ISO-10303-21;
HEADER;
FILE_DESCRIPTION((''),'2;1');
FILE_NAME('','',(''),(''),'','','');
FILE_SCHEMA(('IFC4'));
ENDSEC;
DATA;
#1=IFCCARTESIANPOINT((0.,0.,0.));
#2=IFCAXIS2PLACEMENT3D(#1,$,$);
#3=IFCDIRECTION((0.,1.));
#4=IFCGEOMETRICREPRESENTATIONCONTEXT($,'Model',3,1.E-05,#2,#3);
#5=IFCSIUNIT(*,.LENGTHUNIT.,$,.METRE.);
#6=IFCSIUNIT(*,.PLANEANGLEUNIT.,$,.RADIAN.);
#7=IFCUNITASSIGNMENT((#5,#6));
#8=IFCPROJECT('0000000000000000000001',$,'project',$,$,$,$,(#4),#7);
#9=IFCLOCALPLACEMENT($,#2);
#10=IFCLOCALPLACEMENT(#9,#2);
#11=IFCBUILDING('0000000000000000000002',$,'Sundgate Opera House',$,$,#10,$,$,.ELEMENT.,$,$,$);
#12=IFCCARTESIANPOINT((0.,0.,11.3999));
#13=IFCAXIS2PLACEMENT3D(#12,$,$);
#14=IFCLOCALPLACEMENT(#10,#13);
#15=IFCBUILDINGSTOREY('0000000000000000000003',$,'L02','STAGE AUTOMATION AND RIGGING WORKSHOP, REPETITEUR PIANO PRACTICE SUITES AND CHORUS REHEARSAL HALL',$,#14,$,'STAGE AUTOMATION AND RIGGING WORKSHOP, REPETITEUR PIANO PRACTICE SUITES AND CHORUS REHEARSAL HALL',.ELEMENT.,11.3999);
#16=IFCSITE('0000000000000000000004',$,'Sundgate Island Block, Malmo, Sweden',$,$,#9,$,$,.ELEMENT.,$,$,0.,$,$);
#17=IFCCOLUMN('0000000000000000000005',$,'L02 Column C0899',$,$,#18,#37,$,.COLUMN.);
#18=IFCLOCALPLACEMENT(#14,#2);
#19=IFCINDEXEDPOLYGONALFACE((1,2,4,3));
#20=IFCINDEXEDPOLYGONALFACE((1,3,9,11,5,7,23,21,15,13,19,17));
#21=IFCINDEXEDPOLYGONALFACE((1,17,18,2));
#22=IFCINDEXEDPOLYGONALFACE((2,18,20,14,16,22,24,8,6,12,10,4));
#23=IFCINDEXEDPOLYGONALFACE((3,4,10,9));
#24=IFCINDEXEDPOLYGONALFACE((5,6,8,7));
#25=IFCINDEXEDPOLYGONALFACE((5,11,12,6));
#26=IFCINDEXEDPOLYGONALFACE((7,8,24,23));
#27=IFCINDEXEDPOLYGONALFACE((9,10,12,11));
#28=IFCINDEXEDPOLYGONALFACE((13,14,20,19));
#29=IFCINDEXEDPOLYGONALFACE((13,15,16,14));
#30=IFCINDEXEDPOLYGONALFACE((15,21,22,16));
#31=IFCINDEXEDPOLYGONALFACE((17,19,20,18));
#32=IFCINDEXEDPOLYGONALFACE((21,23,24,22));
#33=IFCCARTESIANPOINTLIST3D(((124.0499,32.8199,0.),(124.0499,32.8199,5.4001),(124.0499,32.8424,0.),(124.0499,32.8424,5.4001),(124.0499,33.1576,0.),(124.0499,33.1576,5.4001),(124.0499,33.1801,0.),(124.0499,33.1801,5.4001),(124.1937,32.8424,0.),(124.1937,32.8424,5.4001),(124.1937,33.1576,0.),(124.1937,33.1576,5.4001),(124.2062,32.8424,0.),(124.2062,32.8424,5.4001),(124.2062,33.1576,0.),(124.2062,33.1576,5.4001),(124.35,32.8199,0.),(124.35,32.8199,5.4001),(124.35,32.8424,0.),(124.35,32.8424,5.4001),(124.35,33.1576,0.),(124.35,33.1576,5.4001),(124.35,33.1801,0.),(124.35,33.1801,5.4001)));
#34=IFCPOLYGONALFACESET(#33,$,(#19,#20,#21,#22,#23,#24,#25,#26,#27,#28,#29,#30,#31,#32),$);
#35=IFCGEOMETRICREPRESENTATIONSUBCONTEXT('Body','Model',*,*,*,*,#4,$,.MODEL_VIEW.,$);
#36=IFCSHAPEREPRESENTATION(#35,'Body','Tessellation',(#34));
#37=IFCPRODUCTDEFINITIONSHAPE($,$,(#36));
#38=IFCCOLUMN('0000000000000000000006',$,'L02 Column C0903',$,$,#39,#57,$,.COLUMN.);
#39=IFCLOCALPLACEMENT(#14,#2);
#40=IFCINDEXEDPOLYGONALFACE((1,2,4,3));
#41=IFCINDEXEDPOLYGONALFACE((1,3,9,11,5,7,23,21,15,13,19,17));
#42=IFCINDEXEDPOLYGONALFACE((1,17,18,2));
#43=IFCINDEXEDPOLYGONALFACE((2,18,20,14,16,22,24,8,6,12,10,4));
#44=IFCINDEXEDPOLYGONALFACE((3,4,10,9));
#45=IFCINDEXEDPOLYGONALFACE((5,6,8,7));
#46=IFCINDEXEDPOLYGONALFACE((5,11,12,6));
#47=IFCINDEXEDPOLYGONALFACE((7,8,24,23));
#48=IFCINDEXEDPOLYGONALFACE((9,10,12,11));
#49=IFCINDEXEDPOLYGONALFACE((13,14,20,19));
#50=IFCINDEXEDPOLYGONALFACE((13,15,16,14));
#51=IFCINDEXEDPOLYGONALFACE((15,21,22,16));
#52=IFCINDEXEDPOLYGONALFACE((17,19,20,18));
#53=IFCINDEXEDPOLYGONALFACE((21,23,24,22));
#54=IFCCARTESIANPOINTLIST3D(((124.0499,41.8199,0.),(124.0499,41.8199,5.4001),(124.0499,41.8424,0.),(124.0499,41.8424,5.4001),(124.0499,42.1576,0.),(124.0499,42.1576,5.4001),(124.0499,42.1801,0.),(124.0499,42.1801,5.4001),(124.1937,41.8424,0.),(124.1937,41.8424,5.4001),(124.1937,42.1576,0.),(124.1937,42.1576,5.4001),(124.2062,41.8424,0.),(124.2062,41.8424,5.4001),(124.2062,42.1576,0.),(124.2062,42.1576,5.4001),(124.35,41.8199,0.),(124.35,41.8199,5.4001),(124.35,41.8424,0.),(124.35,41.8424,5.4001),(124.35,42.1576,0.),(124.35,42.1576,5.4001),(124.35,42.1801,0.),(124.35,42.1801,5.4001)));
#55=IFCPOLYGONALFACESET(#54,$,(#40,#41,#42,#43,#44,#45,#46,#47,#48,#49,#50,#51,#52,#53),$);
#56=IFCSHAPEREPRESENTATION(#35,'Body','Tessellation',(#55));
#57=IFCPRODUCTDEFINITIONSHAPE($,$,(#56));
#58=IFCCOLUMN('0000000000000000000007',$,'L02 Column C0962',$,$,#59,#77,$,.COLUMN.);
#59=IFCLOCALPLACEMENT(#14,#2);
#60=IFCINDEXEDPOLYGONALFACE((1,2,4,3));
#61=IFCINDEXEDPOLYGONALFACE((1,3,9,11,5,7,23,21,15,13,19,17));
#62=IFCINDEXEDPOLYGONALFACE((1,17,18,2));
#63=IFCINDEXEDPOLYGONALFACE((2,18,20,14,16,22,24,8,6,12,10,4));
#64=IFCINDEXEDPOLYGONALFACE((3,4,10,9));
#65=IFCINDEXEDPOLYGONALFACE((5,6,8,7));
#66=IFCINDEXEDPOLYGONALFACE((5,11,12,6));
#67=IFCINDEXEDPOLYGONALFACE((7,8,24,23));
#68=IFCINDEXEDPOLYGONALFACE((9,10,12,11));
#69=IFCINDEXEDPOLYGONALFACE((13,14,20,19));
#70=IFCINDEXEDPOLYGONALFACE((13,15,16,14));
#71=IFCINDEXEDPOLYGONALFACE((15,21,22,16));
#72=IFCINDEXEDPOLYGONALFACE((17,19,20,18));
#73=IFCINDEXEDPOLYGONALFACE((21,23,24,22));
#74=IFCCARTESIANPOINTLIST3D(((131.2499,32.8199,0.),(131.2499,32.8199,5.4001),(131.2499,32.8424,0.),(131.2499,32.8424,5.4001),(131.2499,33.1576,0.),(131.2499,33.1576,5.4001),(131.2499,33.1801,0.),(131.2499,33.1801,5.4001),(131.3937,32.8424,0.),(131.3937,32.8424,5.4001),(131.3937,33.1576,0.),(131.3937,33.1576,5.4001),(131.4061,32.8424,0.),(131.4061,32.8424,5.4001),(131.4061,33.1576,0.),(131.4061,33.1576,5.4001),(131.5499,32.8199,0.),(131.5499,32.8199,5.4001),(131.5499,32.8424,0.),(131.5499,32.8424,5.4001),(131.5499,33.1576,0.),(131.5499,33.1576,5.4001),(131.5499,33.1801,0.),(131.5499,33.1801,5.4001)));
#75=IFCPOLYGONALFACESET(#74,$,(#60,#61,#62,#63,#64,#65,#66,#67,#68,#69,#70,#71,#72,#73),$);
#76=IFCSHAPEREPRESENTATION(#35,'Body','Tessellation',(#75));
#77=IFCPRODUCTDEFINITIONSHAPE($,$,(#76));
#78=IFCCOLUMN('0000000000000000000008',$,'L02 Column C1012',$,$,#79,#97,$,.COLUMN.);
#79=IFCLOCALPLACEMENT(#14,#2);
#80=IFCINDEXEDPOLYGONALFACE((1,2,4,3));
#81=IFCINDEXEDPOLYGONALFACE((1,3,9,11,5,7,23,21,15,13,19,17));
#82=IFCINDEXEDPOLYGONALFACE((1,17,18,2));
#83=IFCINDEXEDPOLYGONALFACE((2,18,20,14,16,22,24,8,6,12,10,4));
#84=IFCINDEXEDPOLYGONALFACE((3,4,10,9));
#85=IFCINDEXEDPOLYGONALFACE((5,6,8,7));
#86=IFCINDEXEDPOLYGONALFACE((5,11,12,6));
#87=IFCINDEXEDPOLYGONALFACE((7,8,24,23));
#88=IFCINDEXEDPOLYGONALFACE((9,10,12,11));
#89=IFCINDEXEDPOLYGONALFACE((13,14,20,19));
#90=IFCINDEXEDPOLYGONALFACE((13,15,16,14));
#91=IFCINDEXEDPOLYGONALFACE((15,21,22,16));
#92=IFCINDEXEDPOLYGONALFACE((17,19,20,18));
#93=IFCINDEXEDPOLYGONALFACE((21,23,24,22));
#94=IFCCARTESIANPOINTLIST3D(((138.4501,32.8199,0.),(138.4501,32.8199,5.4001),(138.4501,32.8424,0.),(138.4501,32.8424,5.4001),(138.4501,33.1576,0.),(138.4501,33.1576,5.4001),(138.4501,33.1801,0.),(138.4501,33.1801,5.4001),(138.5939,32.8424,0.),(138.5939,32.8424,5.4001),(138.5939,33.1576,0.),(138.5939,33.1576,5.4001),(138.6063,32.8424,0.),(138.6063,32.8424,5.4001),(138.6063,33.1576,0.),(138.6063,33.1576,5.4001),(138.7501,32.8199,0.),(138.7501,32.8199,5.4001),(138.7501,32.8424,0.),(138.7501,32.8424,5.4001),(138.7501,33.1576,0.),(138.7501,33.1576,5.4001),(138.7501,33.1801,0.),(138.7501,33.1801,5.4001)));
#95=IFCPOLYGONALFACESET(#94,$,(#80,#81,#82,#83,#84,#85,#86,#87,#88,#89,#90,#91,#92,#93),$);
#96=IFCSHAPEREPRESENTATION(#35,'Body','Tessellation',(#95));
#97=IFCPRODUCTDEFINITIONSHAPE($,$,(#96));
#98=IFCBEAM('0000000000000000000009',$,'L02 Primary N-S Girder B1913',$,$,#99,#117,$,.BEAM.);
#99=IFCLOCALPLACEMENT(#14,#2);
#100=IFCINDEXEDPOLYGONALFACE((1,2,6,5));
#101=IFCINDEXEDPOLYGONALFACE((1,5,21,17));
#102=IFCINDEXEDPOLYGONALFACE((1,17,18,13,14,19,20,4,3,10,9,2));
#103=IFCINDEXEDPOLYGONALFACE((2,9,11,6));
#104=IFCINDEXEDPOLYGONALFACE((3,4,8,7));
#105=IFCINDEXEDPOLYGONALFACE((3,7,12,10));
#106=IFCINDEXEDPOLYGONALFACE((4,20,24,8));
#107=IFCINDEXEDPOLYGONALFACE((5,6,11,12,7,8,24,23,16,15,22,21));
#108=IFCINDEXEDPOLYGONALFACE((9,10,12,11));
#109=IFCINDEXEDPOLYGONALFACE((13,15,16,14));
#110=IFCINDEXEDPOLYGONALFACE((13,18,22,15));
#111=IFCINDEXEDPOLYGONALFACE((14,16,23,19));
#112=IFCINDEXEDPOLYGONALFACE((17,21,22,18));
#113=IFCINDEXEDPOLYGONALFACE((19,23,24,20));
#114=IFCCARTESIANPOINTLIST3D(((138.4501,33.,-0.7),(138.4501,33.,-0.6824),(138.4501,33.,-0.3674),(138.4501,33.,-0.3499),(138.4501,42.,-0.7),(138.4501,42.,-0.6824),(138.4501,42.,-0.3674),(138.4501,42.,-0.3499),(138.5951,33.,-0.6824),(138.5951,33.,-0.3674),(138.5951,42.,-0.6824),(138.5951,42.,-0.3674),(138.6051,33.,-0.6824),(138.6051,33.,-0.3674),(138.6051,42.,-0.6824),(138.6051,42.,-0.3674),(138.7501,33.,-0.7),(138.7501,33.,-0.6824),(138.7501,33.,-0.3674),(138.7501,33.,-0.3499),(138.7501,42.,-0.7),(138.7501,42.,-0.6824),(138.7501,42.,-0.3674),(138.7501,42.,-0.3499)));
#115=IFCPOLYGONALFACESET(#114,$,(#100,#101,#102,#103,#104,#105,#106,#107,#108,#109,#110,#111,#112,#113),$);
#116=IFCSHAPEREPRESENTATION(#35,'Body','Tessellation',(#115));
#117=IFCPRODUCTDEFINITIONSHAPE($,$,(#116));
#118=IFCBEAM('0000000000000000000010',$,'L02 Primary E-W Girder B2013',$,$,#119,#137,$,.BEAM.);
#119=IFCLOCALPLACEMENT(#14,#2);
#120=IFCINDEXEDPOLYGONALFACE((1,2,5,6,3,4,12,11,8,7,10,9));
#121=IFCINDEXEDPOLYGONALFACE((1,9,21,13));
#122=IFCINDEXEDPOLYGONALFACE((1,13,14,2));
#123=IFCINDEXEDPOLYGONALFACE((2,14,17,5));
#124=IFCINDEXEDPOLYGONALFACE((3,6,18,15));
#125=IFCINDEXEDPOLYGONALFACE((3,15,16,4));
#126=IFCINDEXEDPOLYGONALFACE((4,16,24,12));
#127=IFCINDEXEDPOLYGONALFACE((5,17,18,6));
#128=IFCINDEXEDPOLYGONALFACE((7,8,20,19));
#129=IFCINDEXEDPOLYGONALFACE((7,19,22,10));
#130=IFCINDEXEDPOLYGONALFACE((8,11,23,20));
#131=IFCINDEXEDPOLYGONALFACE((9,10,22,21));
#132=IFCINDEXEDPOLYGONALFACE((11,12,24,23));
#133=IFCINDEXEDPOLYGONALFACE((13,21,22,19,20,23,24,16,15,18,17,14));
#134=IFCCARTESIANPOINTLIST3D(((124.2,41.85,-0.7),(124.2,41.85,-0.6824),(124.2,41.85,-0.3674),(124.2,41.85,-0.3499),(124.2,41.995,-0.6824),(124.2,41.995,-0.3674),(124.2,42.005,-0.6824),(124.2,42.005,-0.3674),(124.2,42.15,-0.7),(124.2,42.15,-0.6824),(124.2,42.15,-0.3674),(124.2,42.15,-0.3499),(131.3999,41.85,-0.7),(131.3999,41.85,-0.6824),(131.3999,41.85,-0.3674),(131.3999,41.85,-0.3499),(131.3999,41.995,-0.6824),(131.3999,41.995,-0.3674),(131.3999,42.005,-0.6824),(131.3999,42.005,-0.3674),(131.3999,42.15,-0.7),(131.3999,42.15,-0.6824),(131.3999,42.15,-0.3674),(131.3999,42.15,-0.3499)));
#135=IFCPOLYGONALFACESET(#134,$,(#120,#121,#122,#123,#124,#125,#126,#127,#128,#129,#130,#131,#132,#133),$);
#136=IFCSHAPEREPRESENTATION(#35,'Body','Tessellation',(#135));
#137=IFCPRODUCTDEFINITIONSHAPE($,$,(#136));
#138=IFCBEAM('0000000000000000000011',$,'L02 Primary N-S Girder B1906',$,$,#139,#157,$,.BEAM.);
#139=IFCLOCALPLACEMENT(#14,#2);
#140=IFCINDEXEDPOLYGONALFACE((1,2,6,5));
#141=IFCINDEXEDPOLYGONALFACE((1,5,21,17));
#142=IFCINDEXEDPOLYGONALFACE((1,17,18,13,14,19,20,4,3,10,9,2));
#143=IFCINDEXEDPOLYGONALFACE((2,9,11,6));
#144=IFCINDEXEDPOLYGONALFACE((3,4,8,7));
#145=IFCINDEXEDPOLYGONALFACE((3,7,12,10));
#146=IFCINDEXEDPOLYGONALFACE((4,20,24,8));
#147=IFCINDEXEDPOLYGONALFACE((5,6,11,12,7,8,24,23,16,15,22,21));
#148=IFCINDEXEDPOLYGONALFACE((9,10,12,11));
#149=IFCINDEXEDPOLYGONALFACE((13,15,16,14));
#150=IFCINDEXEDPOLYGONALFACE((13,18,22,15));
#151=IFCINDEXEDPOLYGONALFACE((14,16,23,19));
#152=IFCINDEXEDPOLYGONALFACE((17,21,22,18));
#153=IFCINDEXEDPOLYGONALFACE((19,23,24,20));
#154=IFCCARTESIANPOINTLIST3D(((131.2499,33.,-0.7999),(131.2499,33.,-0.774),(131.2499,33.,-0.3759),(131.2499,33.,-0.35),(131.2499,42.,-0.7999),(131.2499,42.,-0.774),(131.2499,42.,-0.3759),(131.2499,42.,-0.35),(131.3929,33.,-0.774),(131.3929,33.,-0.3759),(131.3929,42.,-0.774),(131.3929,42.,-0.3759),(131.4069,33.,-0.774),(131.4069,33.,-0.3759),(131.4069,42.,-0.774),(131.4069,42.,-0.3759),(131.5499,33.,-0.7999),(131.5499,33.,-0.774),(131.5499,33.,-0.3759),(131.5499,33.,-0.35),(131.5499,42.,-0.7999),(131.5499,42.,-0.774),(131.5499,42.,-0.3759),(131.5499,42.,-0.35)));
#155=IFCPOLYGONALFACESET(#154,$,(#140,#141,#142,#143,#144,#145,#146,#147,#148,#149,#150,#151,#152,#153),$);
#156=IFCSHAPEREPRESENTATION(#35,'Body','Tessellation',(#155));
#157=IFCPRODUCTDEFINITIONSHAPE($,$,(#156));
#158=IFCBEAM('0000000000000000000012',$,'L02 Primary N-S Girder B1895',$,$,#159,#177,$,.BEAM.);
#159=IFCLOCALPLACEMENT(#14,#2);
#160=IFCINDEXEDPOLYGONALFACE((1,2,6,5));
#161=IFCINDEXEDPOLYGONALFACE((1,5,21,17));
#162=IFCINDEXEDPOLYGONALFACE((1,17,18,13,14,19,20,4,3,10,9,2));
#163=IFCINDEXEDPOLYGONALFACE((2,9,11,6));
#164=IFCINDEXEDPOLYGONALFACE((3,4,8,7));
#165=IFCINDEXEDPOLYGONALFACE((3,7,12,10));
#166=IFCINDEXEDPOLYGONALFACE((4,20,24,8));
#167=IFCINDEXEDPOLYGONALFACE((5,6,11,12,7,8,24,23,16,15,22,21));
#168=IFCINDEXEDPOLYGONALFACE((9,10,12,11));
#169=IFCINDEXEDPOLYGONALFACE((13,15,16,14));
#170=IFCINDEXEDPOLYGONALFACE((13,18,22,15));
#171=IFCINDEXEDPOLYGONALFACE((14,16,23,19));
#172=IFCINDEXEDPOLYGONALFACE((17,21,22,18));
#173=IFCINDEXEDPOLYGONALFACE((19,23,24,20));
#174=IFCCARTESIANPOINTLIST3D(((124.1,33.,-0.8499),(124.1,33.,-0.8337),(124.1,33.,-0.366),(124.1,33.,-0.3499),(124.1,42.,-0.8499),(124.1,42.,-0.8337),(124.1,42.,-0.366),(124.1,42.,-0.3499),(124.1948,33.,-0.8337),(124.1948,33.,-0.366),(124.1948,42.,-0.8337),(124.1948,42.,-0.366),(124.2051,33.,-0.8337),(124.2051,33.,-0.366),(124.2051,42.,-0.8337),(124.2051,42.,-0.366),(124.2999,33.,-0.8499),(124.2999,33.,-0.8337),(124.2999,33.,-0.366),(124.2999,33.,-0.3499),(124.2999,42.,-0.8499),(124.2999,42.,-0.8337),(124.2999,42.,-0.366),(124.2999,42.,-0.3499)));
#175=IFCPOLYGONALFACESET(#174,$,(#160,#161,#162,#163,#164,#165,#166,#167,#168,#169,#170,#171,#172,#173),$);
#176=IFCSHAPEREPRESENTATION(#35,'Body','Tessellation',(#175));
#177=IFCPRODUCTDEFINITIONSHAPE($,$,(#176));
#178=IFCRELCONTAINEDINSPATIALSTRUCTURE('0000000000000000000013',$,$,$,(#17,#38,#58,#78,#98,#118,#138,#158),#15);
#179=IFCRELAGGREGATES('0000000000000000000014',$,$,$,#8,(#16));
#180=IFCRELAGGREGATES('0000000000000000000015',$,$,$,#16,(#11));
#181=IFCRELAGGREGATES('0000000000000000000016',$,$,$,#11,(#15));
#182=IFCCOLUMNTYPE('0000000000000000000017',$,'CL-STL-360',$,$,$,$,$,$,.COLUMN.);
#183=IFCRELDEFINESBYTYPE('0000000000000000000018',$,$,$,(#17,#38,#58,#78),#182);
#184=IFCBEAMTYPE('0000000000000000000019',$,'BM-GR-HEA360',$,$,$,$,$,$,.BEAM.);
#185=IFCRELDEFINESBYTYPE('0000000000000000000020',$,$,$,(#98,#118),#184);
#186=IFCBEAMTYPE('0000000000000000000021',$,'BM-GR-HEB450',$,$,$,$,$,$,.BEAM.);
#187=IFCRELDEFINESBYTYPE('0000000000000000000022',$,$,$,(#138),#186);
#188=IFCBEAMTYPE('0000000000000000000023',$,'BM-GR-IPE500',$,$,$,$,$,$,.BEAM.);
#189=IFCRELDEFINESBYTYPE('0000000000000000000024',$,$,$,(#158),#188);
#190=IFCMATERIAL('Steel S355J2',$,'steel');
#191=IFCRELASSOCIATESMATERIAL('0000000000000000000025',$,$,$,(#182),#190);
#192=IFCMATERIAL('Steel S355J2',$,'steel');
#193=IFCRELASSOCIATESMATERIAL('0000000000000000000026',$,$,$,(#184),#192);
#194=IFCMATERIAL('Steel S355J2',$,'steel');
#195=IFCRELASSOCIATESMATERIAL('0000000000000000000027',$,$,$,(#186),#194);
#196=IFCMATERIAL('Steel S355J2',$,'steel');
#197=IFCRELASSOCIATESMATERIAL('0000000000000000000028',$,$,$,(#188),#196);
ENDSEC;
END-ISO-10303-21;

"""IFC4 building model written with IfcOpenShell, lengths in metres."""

from ifc_helpers import new_model, si_unit, direction, frame, origin, origin_2d, place, context, subcontext, project, spatial, i_section, extrude, material, material_profile, profile_set, type_object, element, save


model = new_model("IFC4")

# Units and contexts
model_context = context("Model", 3, precision=1e-05, world=origin(), true_north=direction((0.0, 1.0)))
body_context = subcontext(model_context, "Body", "Model", "MODEL_VIEW")
ifc_project = project(units=[si_unit("LENGTHUNIT", "METRE"), si_unit("PLANEANGLEUNIT", "RADIAN")], contexts=[model_context])

# Site, building, storey
site_placement = place(None, origin())
site = spatial("IfcSite", under=ifc_project, at=site_placement, Name="Sundgate Island Block, Malmo, Sweden", CompositionType="ELEMENT", RefElevation=0.0)
building_placement = place(site_placement, origin())
building = spatial("IfcBuilding", under=site, at=building_placement, Name="Sundgate Opera House", CompositionType="ELEMENT")
storey_placement = place(building_placement, frame((0.0, 0.0, 11.3999)))
storey = spatial("IfcBuildingStorey", under=building, at=storey_placement, Name="L02", Description="STAGE AUTOMATION AND RIGGING WORKSHOP, REPETITEUR PIANO PRACTICE SUITES AND CHORUS REHEARSAL HALL", LongName="STAGE AUTOMATION AND RIGGING WORKSHOP, REPETITEUR PIANO PRACTICE SUITES AND CHORUS REHEARSAL HALL", CompositionType="ELEMENT", Elevation=11.3999)

# Columns
ifc_material_1 = material(Name="Steel S355J2", Category="steel")
ifc_material_profile_1 = material_profile(ifc_material_1, i_section(OverallWidth=0.3, OverallDepth=0.3601, WebThickness=0.0125, FlangeThickness=0.0225, at=origin_2d()), Name="HEB 360")
ifc_profile_set_1 = profile_set([ifc_material_profile_1], Name="Steel S355J2")
column_type = type_object("IfcColumnType", Name="CL-STL-360", PredefinedType="COLUMN", material=ifc_profile_set_1)
for number, where, z_axis, x_axis, name in (
    (1, (124.2, 33.0, 0.0), (0.0, 0.0, 1.0), (1.0, 0.0, 0.0), "L02 Column C0899"),
    (2, (124.2, 42.0, 0.0), (0.0, 0.0, 1.0), (1.0, 0.0, 0.0), "L02 Column C0903"),
    (3, (131.3999, 33.0, 0.0), (0.0, 0.0, 1.0), (1.0, 0.0, 0.0), "L02 Column C0962"),
    (4, (138.6001, 33.0, 0.0), (0.0, 0.0, 1.0), (1.0, 0.0, 0.0), "L02 Column C1012"),
):
    element("IfcColumn", number, at=place(storey_placement, frame(where, z_axis=z_axis, x_axis=x_axis)), inside=storey, type_object=column_type, Name=name, PredefinedType="COLUMN", context=body_context, shape_type="SweptSolid", body=[
        extrude(i_section(OverallWidth=0.3, OverallDepth=0.3601, WebThickness=0.0125, FlangeThickness=0.0225, at=origin_2d()), origin(), (0.0, 0.0, 1.0), 5.4001),
    ])

# Beams
ifc_material_2 = material(Name="Steel S355J2", Category="steel")
ifc_material_profile_2 = material_profile(ifc_material_2, i_section(OverallWidth=0.3, OverallDepth=0.3501, WebThickness=0.01, FlangeThickness=0.0176, at=origin_2d()), Name="HEA 360")
ifc_profile_set_2 = profile_set([ifc_material_profile_2], Name="Steel S355J2")
beam_type_1 = type_object("IfcBeamType", Name="BM-GR-HEA360", PredefinedType="BEAM", material=ifc_profile_set_2)
beam_1_placement = place(storey_placement, frame((138.6001, 33.0, -0.5249), z_axis=(0.0, 1.0, 0.0), x_axis=(-1.0, 0.0, 0.0)))
element("IfcBeam", 5, at=beam_1_placement, inside=storey, type_object=beam_type_1, Name="L02 Primary N-S Girder B1913", PredefinedType="BEAM", context=body_context, shape_type="SweptSolid", body=[
    extrude(i_section(OverallWidth=0.3, OverallDepth=0.3501, WebThickness=0.01, FlangeThickness=0.0176, at=origin_2d()), origin(), (0.0, 0.0, 1.0), 9.0),
])
beam_2_placement = place(storey_placement, frame((124.2, 42.0, -0.5249), z_axis=(1.0, 0.0, 0.0), x_axis=(0.0, 1.0, 0.0)))
element("IfcBeam", 6, at=beam_2_placement, inside=storey, type_object=beam_type_1, Name="L02 Primary E-W Girder B2013", PredefinedType="BEAM", context=body_context, shape_type="SweptSolid", body=[
    extrude(i_section(OverallWidth=0.3, OverallDepth=0.3501, WebThickness=0.01, FlangeThickness=0.0176, at=origin_2d()), origin(), (0.0, 0.0, 1.0), 7.2),
])
ifc_material_3 = material(Name="Steel S355J2", Category="steel")
ifc_material_profile_3 = material_profile(ifc_material_3, i_section(OverallWidth=0.3, OverallDepth=0.45, WebThickness=0.0139, FlangeThickness=0.0259, at=origin_2d()), Name="HEB 450")
ifc_profile_set_3 = profile_set([ifc_material_profile_3], Name="Steel S355J2")
beam_type_2 = type_object("IfcBeamType", Name="BM-GR-HEB450", PredefinedType="BEAM", material=ifc_profile_set_3)
beam_3_placement = place(storey_placement, frame((131.3999, 33.0, -0.575), z_axis=(0.0, 1.0, 0.0), x_axis=(-1.0, 0.0, 0.0)))
element("IfcBeam", 7, at=beam_3_placement, inside=storey, type_object=beam_type_2, Name="L02 Primary N-S Girder B1906", PredefinedType="BEAM", context=body_context, shape_type="SweptSolid", body=[
    extrude(i_section(OverallWidth=0.3, OverallDepth=0.45, WebThickness=0.0139, FlangeThickness=0.0259, at=origin_2d()), origin(), (0.0, 0.0, 1.0), 9.0),
])
ifc_material_4 = material(Name="Steel S355J2", Category="steel")
ifc_material_profile_4 = material_profile(ifc_material_4, i_section(OverallWidth=0.2, OverallDepth=0.5, WebThickness=0.0103, FlangeThickness=0.0161, at=origin_2d()), Name="IPE 500")
ifc_profile_set_4 = profile_set([ifc_material_profile_4], Name="Steel S355J2")
beam_type_3 = type_object("IfcBeamType", Name="BM-GR-IPE500", PredefinedType="BEAM", material=ifc_profile_set_4)
beam_4_placement = place(storey_placement, frame((124.2, 33.0, -0.5999), z_axis=(0.0, 1.0, 0.0), x_axis=(-1.0, 0.0, 0.0)))
element("IfcBeam", 8, at=beam_4_placement, inside=storey, type_object=beam_type_3, Name="L02 Primary N-S Girder B1895", PredefinedType="BEAM", context=body_context, shape_type="SweptSolid", body=[
    extrude(i_section(OverallWidth=0.2, OverallDepth=0.5, WebThickness=0.0103, FlangeThickness=0.0161, at=origin_2d()), origin(), (0.0, 0.0, 1.0), 9.0),
])

save(model, "model.ifc")
